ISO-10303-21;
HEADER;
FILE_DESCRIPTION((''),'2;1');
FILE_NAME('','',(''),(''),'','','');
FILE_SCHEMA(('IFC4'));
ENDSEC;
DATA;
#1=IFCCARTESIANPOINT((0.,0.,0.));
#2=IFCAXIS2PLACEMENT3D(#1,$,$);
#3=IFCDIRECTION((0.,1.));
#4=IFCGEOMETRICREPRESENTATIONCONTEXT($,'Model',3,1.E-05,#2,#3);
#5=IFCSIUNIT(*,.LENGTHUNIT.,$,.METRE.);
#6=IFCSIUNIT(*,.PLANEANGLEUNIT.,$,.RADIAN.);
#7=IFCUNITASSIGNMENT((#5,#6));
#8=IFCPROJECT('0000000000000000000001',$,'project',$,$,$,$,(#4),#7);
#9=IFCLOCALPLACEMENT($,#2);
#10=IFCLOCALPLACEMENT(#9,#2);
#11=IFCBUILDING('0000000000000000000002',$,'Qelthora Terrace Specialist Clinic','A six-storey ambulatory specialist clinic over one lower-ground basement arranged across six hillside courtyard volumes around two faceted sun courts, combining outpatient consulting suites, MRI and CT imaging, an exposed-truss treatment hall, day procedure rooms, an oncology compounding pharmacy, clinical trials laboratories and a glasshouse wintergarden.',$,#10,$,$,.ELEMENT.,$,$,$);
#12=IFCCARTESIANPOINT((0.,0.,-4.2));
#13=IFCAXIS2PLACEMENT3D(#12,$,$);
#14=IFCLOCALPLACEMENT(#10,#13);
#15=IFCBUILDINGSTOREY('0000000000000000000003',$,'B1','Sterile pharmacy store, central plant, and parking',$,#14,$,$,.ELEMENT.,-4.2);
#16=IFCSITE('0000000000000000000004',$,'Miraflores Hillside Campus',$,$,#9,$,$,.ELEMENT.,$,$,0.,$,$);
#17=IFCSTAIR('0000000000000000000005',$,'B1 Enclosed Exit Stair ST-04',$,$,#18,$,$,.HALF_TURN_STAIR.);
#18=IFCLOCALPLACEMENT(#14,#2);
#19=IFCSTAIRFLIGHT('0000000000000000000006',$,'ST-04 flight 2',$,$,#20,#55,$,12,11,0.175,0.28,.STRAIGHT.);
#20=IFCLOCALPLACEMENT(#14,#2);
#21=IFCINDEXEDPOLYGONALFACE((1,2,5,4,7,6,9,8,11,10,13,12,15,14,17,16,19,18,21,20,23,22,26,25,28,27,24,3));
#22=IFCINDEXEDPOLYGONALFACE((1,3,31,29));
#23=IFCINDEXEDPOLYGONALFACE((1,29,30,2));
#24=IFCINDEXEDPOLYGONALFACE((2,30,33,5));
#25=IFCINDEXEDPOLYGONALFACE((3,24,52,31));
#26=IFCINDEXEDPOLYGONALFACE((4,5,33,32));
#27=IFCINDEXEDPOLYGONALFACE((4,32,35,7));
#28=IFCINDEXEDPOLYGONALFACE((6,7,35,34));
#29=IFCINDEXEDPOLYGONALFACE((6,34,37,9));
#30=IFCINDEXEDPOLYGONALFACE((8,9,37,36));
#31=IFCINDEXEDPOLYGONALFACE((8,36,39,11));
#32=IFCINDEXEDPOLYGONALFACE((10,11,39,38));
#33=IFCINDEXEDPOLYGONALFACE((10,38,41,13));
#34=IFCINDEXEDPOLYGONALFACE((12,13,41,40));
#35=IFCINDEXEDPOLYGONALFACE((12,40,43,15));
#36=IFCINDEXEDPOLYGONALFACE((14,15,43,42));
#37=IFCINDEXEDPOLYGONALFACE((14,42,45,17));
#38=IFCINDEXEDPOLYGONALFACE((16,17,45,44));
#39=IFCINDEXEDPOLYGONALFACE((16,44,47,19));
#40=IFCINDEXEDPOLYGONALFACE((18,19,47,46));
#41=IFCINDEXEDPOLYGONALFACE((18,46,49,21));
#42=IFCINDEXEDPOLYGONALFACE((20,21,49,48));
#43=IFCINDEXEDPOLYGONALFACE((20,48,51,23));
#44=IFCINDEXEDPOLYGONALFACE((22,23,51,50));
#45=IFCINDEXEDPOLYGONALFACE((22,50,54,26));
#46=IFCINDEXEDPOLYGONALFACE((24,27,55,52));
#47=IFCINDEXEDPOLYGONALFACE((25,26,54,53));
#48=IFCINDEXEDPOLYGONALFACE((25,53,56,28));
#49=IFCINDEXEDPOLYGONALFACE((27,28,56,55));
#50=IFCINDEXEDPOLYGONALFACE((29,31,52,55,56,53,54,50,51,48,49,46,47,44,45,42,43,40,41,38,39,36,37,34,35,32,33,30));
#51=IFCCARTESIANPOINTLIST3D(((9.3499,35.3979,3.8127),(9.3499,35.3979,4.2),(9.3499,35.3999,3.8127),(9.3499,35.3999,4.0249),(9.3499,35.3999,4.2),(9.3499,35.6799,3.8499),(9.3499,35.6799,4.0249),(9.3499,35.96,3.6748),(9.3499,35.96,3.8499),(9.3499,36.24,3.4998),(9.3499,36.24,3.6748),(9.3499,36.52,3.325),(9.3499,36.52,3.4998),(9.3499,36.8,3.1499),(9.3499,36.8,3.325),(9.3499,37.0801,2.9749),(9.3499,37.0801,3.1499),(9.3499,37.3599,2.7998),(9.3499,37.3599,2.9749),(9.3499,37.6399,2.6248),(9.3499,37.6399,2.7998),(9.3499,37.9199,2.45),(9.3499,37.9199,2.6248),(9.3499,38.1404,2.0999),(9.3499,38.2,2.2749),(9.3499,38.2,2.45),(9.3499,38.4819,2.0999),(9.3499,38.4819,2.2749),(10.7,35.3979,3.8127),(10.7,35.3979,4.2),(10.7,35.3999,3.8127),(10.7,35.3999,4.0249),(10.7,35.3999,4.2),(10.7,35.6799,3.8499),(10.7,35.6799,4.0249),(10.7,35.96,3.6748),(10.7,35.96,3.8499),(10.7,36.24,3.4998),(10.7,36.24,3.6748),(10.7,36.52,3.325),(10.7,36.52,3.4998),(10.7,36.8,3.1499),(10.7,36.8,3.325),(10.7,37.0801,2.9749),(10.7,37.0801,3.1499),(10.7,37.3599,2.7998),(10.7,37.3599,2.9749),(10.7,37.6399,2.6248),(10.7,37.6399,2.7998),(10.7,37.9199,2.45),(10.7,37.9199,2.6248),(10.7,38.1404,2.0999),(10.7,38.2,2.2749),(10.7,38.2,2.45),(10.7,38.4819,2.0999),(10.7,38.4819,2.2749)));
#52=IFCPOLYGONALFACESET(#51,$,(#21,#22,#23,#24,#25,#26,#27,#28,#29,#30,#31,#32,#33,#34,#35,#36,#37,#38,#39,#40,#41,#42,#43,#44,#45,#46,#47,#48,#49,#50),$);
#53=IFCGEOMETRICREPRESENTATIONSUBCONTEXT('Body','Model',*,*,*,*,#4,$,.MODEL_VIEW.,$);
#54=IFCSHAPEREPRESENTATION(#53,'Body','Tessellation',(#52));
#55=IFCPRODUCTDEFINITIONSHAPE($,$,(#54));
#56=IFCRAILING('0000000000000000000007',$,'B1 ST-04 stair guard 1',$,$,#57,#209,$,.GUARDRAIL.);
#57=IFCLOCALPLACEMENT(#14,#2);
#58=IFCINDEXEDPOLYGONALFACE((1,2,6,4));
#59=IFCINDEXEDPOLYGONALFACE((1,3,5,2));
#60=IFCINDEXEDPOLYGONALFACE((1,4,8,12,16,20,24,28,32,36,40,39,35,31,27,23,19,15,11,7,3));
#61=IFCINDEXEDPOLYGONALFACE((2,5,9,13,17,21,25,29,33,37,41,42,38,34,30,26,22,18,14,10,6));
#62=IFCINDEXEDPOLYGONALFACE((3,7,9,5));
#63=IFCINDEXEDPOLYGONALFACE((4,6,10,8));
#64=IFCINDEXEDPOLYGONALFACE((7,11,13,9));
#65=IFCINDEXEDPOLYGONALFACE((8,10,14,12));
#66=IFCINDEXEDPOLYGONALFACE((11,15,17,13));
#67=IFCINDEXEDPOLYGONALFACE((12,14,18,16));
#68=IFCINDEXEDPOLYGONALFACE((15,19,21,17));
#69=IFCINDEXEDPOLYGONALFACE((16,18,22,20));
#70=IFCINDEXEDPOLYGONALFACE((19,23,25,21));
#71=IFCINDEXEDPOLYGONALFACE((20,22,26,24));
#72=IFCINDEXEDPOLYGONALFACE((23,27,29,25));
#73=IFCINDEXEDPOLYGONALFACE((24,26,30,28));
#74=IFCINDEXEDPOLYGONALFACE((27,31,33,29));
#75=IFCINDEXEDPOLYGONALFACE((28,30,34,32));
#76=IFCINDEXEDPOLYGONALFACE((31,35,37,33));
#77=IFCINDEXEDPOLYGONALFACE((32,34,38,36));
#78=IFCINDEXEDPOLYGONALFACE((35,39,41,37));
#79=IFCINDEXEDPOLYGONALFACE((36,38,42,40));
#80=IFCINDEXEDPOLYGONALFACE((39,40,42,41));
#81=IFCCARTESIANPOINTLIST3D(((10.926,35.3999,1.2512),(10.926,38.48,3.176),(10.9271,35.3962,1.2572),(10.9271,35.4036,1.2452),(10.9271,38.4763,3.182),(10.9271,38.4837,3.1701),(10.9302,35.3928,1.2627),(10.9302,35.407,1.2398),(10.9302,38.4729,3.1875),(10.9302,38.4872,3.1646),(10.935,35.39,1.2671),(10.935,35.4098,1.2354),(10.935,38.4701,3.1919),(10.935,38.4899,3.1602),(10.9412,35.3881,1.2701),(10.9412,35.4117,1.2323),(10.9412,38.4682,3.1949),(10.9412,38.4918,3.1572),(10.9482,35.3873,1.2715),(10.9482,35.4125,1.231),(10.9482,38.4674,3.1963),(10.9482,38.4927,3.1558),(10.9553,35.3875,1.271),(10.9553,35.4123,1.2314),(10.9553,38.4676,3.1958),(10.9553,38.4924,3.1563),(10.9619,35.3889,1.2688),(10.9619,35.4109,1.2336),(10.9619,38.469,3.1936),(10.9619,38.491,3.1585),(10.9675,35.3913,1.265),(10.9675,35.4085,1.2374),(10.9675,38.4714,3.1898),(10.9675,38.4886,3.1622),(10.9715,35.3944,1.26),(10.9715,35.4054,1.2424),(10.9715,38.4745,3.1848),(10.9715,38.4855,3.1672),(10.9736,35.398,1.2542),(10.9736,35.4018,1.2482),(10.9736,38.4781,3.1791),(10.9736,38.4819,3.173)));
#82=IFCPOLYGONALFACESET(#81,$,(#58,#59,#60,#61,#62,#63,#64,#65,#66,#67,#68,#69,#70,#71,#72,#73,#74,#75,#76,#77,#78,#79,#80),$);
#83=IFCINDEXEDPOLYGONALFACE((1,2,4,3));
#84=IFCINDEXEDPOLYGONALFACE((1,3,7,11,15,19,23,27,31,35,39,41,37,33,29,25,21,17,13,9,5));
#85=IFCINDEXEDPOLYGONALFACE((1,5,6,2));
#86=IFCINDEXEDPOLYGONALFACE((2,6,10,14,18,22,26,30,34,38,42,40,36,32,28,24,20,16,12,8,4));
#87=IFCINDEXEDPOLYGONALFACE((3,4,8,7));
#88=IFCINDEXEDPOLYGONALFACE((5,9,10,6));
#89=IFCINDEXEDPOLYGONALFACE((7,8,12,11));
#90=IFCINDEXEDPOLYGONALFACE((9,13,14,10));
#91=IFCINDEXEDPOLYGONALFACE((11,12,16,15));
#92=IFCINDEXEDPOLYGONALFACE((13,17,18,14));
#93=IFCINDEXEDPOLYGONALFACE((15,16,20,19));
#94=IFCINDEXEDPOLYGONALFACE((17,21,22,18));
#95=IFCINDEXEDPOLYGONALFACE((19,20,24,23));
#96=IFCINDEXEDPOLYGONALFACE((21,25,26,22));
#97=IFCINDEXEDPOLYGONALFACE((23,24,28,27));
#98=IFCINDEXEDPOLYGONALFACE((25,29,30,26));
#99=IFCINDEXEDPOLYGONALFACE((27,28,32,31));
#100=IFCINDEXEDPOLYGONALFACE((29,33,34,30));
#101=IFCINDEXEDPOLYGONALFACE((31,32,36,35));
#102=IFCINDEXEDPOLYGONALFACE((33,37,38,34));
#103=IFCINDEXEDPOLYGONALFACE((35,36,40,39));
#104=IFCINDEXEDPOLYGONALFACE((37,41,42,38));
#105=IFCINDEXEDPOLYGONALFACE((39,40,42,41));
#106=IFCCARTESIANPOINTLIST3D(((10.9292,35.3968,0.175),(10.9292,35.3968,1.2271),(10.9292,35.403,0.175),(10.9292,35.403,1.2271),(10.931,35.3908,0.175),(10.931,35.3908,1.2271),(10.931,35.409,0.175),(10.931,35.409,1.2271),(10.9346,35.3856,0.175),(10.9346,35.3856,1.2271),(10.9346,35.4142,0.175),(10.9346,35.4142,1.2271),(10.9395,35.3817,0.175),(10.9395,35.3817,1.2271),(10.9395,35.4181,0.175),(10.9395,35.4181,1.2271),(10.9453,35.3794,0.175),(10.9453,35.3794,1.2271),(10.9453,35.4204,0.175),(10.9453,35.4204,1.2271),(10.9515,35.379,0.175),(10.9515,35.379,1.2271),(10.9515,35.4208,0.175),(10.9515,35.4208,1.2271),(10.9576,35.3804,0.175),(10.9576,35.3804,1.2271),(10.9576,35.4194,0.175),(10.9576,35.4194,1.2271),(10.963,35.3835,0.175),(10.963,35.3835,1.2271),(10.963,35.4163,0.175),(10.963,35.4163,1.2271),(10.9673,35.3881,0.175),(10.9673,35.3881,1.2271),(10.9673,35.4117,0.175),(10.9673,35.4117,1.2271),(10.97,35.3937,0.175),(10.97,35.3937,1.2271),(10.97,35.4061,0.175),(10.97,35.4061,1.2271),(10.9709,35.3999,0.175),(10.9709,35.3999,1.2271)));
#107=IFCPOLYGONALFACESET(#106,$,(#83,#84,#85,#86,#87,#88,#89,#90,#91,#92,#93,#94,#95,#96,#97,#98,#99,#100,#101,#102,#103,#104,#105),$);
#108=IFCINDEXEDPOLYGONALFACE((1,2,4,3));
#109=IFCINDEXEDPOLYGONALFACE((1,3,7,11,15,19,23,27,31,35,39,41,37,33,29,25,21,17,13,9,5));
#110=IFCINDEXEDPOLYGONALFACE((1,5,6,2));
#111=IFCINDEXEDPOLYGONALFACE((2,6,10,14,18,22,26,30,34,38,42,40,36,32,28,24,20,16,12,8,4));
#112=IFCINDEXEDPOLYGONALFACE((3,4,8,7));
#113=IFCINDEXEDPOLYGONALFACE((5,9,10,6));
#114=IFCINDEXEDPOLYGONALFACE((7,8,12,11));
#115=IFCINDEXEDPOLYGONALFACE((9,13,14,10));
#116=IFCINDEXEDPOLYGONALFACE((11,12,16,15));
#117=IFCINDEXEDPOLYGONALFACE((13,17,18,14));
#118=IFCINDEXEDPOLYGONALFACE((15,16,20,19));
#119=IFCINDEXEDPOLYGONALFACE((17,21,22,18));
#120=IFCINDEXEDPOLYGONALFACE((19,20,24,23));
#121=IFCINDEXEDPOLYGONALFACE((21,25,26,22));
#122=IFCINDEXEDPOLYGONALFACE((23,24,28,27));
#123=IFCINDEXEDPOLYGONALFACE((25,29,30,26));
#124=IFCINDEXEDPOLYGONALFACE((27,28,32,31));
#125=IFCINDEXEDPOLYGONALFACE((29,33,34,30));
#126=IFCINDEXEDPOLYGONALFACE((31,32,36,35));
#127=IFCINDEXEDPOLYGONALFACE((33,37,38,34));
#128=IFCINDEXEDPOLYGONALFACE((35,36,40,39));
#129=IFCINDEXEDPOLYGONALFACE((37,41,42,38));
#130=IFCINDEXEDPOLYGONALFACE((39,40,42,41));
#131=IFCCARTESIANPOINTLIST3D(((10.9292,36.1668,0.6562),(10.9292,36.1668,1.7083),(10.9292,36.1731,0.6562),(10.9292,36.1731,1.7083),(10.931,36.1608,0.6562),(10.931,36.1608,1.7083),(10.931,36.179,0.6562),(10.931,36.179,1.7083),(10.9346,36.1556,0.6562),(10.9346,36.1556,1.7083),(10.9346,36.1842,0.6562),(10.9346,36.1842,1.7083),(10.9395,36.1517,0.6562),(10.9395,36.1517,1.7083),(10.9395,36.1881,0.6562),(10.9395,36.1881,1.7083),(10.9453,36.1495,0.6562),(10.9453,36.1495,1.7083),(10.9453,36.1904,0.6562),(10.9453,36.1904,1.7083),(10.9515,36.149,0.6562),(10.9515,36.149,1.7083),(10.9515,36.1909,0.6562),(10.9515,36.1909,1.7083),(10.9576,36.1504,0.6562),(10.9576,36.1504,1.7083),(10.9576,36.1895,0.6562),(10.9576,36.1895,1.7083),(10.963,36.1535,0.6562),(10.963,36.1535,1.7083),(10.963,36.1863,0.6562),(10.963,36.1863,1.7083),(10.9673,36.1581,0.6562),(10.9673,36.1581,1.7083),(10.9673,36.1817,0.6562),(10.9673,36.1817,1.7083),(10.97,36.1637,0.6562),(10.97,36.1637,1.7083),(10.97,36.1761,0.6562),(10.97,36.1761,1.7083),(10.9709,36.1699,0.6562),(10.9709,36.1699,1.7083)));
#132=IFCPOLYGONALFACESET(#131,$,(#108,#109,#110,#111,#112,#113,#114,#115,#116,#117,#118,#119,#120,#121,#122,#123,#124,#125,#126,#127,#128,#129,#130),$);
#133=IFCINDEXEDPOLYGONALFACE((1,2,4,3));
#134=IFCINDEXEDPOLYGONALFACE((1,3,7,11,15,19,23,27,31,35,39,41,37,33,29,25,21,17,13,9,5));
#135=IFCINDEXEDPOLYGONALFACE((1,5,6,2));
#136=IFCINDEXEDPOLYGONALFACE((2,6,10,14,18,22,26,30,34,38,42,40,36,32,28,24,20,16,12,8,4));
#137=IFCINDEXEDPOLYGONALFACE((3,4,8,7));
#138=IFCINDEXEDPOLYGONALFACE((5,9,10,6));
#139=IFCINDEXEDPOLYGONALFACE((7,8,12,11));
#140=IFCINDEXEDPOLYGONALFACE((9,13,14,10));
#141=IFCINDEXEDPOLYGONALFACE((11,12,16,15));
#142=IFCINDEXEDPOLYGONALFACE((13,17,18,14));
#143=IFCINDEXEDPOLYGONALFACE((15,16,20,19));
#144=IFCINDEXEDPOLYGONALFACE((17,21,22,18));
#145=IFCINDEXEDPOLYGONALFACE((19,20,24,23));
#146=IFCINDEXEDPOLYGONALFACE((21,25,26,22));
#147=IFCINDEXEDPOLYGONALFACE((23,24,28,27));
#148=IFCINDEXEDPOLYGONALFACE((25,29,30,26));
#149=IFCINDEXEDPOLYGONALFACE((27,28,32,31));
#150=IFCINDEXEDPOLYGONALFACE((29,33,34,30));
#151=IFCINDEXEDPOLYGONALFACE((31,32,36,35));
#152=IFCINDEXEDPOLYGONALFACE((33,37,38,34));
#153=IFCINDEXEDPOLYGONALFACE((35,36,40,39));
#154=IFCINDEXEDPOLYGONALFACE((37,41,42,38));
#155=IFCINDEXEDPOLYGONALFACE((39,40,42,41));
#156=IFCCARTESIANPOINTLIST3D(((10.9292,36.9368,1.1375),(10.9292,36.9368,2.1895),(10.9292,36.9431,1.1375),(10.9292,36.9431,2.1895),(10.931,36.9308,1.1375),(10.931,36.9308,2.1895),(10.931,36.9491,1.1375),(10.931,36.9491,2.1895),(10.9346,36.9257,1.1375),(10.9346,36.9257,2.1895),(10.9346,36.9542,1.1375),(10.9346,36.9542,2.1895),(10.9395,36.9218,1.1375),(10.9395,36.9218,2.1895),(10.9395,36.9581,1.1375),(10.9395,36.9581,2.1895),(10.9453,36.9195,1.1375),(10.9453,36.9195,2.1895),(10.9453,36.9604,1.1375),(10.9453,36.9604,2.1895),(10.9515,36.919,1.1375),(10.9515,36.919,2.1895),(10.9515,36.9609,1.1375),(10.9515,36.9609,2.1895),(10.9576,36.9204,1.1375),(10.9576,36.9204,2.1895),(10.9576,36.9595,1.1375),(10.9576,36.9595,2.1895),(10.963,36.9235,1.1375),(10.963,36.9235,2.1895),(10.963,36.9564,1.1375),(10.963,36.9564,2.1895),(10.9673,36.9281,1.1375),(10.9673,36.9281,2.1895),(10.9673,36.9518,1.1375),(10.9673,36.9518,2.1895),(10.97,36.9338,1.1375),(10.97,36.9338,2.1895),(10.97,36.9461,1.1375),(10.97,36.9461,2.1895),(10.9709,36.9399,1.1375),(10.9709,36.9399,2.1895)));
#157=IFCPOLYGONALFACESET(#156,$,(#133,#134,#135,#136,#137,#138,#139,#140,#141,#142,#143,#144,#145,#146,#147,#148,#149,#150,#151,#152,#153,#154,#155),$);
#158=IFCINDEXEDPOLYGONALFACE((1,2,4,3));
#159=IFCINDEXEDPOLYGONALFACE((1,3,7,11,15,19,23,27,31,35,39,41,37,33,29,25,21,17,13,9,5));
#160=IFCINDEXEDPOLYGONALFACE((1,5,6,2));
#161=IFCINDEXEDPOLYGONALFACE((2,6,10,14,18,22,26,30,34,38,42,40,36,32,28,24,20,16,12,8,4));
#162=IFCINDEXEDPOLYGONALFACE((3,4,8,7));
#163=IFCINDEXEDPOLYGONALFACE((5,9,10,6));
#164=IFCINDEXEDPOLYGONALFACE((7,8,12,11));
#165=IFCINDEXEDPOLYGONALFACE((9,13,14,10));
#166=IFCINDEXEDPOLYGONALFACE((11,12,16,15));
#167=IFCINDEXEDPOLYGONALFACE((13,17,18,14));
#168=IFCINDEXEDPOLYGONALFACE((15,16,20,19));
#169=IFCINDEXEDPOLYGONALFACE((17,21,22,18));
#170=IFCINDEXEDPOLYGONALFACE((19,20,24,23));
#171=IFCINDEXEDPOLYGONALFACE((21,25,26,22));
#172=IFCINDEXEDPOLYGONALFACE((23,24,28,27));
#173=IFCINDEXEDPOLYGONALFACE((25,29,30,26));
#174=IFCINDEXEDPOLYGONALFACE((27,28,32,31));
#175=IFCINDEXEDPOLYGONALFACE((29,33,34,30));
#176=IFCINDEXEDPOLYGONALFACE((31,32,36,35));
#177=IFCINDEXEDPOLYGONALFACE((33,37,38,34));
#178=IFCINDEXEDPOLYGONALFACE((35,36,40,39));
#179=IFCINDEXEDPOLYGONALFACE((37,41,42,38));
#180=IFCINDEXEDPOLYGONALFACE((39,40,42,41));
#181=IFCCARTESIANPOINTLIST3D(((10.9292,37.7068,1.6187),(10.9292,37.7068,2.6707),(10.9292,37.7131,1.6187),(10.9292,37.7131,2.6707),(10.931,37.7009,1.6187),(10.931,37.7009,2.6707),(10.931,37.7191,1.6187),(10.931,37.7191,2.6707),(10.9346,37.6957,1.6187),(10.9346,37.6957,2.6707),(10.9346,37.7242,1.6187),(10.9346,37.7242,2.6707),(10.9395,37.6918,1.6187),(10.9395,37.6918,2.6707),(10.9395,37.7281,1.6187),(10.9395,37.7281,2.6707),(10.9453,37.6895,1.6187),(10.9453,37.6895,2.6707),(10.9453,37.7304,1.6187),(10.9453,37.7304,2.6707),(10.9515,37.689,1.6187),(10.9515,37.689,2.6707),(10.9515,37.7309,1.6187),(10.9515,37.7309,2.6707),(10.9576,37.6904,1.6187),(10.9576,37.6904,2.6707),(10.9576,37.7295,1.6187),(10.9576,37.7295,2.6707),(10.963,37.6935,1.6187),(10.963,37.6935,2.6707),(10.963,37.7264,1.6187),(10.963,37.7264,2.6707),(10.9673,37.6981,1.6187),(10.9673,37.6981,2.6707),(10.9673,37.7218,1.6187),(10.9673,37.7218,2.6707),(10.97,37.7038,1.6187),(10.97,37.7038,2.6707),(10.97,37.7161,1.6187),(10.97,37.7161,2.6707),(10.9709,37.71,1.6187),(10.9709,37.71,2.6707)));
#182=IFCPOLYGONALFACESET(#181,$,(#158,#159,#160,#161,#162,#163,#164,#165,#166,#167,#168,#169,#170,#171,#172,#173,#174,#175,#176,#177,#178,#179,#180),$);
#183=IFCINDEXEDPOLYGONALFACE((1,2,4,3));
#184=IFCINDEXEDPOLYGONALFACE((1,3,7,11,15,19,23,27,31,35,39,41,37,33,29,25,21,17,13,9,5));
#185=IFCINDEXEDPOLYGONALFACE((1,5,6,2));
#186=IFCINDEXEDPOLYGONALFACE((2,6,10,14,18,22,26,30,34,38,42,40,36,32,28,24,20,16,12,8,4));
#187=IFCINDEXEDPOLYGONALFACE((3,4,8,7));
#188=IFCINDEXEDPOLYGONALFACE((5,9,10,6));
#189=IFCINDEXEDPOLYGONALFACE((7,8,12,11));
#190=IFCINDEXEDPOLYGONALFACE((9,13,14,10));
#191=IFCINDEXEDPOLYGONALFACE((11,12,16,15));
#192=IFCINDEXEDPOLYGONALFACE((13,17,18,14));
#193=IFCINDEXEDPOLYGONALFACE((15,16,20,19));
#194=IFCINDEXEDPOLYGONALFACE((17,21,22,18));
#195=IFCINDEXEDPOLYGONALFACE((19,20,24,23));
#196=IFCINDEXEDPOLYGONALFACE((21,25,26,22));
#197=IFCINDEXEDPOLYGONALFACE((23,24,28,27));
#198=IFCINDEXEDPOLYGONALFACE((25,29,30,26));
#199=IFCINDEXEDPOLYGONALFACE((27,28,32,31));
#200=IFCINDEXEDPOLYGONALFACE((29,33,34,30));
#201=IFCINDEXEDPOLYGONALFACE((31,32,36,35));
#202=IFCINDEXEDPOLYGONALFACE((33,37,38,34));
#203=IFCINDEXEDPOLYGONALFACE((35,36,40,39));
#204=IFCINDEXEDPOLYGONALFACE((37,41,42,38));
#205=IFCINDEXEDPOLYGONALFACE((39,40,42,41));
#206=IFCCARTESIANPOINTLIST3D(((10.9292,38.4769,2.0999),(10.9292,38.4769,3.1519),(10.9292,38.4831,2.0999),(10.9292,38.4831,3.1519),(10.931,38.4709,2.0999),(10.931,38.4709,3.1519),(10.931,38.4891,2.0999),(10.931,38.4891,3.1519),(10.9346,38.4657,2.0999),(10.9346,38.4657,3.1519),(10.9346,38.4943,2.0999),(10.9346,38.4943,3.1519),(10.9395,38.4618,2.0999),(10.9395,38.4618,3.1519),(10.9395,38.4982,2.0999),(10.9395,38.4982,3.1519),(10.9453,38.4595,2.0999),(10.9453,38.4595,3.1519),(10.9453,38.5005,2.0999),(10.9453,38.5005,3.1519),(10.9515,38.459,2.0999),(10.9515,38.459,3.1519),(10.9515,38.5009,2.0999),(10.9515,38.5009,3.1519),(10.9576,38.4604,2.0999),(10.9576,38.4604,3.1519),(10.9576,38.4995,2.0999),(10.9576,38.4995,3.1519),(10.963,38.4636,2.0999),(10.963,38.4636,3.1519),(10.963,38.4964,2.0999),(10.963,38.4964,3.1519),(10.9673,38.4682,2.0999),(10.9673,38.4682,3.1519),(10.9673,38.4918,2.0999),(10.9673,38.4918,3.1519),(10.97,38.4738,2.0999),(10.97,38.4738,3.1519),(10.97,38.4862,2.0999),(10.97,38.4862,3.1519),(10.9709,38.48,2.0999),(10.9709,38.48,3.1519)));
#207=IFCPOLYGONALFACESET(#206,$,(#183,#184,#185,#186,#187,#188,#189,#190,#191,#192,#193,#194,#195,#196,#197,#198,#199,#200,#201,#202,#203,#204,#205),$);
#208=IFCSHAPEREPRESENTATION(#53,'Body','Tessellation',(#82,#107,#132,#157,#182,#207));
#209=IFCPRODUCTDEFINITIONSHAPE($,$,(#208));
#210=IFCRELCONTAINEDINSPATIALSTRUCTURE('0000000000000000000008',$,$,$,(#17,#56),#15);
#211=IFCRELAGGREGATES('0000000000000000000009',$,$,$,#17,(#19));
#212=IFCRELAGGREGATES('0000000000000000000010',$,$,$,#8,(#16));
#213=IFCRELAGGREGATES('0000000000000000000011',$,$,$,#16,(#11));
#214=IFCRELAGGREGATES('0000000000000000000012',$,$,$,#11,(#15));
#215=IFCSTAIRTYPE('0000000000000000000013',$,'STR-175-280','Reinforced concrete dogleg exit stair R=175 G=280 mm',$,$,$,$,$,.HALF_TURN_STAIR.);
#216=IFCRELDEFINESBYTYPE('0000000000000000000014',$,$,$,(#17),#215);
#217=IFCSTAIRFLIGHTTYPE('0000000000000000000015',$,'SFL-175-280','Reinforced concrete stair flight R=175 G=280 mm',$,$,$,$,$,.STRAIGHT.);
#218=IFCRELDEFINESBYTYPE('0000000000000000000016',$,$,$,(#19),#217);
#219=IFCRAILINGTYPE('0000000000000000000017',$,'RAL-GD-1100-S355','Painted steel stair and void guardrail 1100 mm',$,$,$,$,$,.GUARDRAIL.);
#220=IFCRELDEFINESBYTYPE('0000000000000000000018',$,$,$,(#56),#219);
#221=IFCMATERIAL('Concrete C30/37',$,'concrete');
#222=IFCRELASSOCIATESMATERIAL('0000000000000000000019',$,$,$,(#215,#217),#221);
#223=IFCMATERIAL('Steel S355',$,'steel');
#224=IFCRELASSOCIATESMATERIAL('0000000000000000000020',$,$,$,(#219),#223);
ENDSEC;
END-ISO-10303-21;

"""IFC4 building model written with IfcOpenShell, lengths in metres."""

from ifc_helpers import new_model, si_unit, direction, frame, origin, origin_2d, place, context, subcontext, project, spatial, polyline, circle, outline, extrude, material, type_object, element, aggregate, save


model = new_model("IFC4")

# Units and contexts
model_context = context("Model", 3, precision=1e-05, world=origin(), true_north=direction((0.0, 1.0)))
body_context = subcontext(model_context, "Body", "Model", "MODEL_VIEW")
ifc_project = project(units=[si_unit("LENGTHUNIT", "METRE"), si_unit("PLANEANGLEUNIT", "RADIAN")], contexts=[model_context])

# Site, building, storey
site_placement = place(None, origin())
site = spatial("IfcSite", under=ifc_project, at=site_placement, Name="Miraflores Hillside Campus", CompositionType="ELEMENT", RefElevation=0.0)
building_placement = place(site_placement, origin())
building = spatial("IfcBuilding", under=site, at=building_placement, Name="Qelthora Terrace Specialist Clinic", Description="A six-storey ambulatory specialist clinic over one lower-ground basement arranged across six hillside courtyard volumes around two faceted sun courts, combining outpatient consulting suites, MRI and CT imaging, an exposed-truss treatment hall, day procedure rooms, an oncology compounding pharmacy, clinical trials laboratories and a glasshouse wintergarden.", CompositionType="ELEMENT")
storey_placement = place(building_placement, frame((0.0, 0.0, -4.2)))
storey = spatial("IfcBuildingStorey", under=building, at=storey_placement, Name="B1", Description="Sterile pharmacy store, central plant, and parking", CompositionType="ELEMENT", Elevation=-4.2)

# Shared definitions
ifc_material_1 = material(Name="Steel S355", Category="steel")

# Shared definitions
ifc_material_2 = material(Name="Concrete C30/37", Category="concrete")

# Stair, stair flight
stair_type = type_object("IfcStairType", Name="STR-175-280", Description="Reinforced concrete dogleg exit stair R=175 G=280 mm", PredefinedType="HALF_TURN_STAIR", material=ifc_material_2)
stair_placement = place(storey_placement, origin())
stair = element("IfcStair", 1, at=stair_placement, inside=storey, type_object=stair_type, Name="B1 Enclosed Exit Stair ST-04", PredefinedType="HALF_TURN_STAIR")
stair_flight_type = type_object("IfcStairFlightType", Name="SFL-175-280", Description="Reinforced concrete stair flight R=175 G=280 mm", PredefinedType="STRAIGHT", material=ifc_material_2)
stair_flight_1_placement = place(storey_placement, frame((10.0249, 38.48, 2.0999), z_axis=(0.0, 0.0, 1.0), x_axis=(0.0, -1.0, 0.0)))
stair_flight_1 = element("IfcStairFlight", 2, at=stair_flight_1_placement, type_object=stair_flight_type, Name="ST-04 flight 2", NumberOfRisers=12, NumberOfTreads=11, PredefinedType="STRAIGHT", RiserHeight=0.175, TreadLength=0.28, context=body_context, shape_type="SweptSolid", body=[
    extrude(outline(polyline([(-0.002, 0.0), (-0.002, 0.175), (0.28, 0.175), (0.28, 0.3501), (0.5601, 0.3501), (0.5601, 0.5249), (0.8401, 0.5249), (0.8401, 0.7), (1.1201, 0.7), (1.1201, 0.875), (1.3999, 0.875), (1.3999, 1.05), (1.6799, 1.05), (1.6799, 1.2251), (1.96, 1.2251), (1.96, 1.3999), (2.24, 1.3999), (2.24, 1.575), (2.52, 1.575), (2.52, 1.75), (2.8, 1.75), (2.8, 1.925), (3.0801, 1.925), (3.0801, 2.1001), (3.082, 2.1001), (3.082, 1.7129), (3.0801, 1.7129), (0.3396, 0.0), (-0.002, 0.0)])), frame((0.0, 0.675, 0.0), z_axis=(0.0, -1.0, 0.0), x_axis=(1.0, 0.0, 0.0)), (0.0, 0.0, 1.0), 1.3501),
])
aggregate(stair, [stair_flight_1])

# Railing
railing_type_1 = type_object("IfcRailingType", Name="RAL-GD-1100-S355", Description="Painted steel stair and void guardrail 1100 mm", PredefinedType="GUARDRAIL", material=ifc_material_1)
railing_1_placement = place(storey_placement, frame((10.95, 35.3999, 0.175)))
element("IfcRailing", 3, at=railing_1_placement, inside=storey, type_object=railing_type_1, Name="B1 ST-04 stair guard 1", PredefinedType="GUARDRAIL", context=body_context, shape_type="SweptSolid", body=[
    extrude(circle(Radius=0.0239, at=origin_2d()), frame((0.0, 0.0, 1.0762), z_axis=(0.0, 0.848029, 0.529951), x_axis=(-1.0, 0.0, 0.0)), (0.0, 0.0, 1.0), 3.6321),
    extrude(circle(Radius=0.021, at=origin_2d()), origin(), (0.0, 0.0, 1.0), 1.052),
    extrude(circle(Radius=0.021, at=origin_2d()), frame((0.0, 0.77, 0.4812)), (0.0, 0.0, 1.0), 1.052),
    extrude(circle(Radius=0.021, at=origin_2d()), frame((0.0, 1.54, 0.9624)), (0.0, 0.0, 1.0), 1.052),
    extrude(circle(Radius=0.021, at=origin_2d()), frame((0.0, 2.3101, 1.4436)), (0.0, 0.0, 1.0), 1.052),
    extrude(circle(Radius=0.021, at=origin_2d()), frame((0.0, 3.0801, 1.9248)), (0.0, 0.0, 1.0), 1.052),
])

save(model, "model.ifc")
